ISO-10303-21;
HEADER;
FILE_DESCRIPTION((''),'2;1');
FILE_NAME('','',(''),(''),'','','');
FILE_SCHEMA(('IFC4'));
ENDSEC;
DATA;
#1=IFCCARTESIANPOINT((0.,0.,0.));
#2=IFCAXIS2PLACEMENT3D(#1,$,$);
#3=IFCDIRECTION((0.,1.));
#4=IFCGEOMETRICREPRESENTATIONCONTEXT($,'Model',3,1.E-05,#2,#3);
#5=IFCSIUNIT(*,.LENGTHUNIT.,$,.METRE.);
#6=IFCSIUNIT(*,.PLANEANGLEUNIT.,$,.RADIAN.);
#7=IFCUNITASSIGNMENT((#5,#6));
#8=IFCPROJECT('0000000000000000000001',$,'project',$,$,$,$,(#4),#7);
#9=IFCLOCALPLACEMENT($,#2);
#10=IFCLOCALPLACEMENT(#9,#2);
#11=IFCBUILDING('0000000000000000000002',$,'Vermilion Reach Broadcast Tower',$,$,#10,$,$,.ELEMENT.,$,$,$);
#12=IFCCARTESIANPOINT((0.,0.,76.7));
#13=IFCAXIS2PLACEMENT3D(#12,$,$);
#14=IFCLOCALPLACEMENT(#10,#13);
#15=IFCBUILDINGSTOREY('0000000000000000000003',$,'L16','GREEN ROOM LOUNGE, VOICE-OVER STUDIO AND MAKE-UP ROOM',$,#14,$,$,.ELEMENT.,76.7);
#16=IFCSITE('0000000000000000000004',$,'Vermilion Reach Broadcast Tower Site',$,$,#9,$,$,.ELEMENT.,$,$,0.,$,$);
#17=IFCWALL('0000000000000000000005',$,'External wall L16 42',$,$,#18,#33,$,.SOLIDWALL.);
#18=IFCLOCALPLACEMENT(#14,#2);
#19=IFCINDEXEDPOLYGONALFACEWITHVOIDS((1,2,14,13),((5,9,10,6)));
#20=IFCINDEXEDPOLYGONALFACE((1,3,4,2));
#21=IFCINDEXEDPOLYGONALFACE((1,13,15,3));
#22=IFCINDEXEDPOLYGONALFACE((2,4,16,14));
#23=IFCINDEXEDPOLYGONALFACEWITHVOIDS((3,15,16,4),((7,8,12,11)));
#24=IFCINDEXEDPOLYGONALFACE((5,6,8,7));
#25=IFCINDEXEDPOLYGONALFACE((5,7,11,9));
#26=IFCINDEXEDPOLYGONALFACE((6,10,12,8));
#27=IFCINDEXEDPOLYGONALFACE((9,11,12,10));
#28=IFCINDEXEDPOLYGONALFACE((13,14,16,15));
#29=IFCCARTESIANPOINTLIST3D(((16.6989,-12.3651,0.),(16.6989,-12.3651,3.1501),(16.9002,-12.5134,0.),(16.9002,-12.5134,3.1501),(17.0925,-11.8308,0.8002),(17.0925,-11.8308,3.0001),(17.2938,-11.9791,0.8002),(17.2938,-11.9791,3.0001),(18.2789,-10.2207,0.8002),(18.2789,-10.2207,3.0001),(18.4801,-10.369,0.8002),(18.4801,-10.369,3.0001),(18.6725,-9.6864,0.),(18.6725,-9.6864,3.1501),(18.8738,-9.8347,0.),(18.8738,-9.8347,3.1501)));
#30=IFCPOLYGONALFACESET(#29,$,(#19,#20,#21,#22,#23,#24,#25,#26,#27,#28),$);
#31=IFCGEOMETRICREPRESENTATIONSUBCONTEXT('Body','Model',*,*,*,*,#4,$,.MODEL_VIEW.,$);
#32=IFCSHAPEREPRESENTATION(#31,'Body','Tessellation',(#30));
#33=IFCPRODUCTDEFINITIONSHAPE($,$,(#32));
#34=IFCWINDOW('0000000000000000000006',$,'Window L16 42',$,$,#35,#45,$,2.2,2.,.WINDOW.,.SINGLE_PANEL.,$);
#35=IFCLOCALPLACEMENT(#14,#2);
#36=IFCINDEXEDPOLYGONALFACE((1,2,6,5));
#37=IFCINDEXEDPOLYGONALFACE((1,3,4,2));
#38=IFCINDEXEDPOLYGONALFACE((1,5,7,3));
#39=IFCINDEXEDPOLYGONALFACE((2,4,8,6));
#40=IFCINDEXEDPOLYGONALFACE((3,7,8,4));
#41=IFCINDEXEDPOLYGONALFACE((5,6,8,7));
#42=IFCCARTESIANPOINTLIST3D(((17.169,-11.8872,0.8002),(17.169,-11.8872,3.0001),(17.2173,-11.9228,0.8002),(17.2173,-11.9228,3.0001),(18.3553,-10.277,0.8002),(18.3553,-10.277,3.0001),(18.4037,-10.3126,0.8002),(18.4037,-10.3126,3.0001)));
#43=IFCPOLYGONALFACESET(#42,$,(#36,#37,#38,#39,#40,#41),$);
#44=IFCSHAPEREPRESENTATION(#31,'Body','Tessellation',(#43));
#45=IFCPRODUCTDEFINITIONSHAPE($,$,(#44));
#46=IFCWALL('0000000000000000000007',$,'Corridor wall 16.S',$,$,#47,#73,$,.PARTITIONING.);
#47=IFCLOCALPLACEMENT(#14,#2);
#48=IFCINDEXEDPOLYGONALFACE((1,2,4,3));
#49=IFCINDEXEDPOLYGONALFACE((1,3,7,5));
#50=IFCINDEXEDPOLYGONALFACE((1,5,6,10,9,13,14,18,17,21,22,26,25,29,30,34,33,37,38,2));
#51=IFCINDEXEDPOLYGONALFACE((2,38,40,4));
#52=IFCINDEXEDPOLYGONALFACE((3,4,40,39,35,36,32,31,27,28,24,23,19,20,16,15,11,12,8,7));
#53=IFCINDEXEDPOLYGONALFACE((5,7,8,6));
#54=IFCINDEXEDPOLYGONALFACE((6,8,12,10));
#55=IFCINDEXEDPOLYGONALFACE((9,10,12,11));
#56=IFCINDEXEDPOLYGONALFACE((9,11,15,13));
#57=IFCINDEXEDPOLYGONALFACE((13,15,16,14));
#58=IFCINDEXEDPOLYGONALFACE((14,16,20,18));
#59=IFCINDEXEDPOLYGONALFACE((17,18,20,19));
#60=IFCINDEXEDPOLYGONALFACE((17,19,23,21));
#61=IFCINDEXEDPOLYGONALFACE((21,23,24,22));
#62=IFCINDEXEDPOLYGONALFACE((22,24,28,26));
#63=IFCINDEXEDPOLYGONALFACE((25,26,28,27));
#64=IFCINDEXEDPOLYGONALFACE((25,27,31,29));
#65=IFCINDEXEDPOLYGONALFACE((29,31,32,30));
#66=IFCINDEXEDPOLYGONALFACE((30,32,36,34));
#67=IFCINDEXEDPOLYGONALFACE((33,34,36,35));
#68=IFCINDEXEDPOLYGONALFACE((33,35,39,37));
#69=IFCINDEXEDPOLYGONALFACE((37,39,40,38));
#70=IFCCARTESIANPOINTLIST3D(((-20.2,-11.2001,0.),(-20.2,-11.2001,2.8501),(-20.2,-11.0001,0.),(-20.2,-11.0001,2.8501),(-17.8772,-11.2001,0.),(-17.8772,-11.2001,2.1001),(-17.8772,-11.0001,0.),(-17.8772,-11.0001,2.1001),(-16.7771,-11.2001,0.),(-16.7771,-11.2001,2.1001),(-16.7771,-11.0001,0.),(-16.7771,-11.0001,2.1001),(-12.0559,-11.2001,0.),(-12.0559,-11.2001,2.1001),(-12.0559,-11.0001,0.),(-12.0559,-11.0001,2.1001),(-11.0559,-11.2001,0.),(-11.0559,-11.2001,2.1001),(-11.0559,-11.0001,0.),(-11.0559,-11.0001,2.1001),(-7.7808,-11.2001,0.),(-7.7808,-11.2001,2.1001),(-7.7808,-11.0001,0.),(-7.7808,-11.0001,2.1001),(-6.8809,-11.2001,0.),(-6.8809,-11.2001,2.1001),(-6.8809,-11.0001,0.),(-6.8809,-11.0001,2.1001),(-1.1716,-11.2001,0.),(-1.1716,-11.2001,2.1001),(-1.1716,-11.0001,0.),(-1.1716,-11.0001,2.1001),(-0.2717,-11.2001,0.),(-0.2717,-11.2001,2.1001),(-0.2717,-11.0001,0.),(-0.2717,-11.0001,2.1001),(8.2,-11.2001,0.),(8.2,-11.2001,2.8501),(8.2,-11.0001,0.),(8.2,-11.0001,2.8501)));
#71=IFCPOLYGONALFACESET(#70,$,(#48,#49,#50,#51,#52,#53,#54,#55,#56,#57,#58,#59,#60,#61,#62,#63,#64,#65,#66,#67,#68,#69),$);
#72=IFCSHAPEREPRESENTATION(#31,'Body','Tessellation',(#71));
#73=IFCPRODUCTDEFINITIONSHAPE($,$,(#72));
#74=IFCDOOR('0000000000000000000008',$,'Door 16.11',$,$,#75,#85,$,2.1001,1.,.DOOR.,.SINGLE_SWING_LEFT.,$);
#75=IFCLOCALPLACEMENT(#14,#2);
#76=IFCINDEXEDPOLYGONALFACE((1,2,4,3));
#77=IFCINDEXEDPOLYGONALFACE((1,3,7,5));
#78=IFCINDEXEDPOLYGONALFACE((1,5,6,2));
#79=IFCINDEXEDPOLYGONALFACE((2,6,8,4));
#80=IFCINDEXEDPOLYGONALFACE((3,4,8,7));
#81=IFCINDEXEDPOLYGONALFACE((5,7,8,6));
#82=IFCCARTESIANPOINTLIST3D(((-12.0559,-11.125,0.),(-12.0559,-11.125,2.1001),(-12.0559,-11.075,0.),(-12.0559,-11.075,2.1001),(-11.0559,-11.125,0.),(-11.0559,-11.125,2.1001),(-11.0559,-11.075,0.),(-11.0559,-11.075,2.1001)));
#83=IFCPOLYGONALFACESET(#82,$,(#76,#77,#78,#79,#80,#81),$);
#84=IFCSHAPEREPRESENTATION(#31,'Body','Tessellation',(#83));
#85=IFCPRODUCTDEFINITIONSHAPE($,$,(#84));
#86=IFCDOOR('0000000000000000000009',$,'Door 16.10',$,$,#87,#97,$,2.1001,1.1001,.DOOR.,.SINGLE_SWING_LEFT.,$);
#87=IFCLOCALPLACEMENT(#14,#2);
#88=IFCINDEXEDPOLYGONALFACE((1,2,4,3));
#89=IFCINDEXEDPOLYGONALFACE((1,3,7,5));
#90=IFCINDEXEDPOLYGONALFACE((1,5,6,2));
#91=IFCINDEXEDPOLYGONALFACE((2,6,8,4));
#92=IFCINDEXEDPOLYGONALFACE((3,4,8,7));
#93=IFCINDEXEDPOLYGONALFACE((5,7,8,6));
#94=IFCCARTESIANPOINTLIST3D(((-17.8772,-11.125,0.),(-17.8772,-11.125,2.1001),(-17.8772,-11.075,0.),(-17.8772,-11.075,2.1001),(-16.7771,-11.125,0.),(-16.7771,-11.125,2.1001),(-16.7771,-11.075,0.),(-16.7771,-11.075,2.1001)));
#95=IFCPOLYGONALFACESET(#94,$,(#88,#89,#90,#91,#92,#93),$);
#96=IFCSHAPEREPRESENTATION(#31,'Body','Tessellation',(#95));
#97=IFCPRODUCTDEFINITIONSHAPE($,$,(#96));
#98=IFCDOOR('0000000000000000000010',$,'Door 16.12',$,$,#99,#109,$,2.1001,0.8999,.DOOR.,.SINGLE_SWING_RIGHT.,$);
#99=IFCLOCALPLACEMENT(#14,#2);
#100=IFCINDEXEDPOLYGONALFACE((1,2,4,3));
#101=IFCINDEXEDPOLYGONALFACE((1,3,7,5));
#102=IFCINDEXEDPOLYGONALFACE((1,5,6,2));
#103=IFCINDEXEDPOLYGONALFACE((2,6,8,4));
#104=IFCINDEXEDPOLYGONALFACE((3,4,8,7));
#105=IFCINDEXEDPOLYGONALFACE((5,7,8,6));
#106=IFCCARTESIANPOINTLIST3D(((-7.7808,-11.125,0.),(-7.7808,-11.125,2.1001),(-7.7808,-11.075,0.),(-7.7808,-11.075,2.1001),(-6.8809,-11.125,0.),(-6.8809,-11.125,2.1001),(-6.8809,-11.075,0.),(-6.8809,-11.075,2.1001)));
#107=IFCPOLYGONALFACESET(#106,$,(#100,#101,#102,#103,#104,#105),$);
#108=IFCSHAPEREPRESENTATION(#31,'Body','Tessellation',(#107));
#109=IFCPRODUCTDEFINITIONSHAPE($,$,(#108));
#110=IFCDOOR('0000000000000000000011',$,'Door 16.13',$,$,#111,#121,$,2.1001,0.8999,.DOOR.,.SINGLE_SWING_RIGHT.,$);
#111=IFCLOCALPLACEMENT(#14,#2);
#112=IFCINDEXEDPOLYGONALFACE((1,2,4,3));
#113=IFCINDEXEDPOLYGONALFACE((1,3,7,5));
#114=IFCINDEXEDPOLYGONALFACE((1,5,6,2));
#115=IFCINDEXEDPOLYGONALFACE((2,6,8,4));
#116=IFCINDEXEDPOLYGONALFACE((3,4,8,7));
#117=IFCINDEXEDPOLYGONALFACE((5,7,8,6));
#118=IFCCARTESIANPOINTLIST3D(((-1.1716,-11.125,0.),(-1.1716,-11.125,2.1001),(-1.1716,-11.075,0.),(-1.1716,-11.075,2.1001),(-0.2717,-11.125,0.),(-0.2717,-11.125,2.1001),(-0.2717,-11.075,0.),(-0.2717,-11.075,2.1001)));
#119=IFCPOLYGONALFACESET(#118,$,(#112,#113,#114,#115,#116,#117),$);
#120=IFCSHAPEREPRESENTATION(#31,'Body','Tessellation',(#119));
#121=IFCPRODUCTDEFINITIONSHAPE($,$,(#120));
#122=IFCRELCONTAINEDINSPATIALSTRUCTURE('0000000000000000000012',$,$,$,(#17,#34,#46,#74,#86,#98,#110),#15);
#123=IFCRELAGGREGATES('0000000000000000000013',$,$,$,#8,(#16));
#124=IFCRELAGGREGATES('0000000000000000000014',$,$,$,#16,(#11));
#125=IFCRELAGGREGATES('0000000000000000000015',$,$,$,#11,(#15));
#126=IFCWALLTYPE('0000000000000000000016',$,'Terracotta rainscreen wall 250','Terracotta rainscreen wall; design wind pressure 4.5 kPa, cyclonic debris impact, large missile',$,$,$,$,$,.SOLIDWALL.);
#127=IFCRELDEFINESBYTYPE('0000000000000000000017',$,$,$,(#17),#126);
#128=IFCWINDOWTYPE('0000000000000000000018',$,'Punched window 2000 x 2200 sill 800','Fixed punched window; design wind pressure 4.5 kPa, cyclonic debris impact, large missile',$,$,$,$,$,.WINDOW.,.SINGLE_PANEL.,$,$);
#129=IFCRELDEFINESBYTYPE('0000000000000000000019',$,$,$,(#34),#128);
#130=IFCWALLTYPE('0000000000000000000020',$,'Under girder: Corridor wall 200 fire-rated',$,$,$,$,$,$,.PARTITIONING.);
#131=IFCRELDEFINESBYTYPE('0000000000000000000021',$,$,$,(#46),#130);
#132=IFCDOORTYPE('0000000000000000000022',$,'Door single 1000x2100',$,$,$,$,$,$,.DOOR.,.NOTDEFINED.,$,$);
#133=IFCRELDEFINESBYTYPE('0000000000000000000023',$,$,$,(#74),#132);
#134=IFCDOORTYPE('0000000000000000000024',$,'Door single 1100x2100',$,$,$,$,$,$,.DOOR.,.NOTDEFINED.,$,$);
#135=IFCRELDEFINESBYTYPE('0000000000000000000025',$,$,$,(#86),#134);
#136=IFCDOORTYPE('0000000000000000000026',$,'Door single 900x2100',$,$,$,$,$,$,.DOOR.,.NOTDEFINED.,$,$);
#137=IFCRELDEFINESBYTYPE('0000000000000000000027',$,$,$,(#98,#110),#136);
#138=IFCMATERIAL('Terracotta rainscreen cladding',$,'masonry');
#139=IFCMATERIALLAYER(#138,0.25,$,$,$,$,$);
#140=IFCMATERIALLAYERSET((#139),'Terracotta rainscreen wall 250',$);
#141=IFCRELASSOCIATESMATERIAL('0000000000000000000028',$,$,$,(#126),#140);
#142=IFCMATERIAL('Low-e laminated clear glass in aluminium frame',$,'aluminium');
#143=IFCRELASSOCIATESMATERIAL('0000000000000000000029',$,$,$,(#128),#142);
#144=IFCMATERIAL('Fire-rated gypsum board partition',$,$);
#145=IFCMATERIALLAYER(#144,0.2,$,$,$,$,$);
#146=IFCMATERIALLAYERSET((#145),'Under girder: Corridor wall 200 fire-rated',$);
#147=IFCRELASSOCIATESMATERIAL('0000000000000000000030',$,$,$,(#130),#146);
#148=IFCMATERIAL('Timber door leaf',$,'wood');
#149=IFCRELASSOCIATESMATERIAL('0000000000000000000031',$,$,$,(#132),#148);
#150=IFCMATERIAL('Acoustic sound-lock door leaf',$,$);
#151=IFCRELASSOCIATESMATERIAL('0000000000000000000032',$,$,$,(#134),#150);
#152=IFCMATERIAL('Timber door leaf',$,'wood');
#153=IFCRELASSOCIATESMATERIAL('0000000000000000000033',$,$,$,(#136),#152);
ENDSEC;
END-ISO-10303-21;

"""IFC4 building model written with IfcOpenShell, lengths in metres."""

from ifc_helpers import new_model, si_unit, direction, frame, frame_2d, origin, place, context, subcontext, project, spatial, rectangle, extrude, material, layer, layer_set, type_object, element, fill, save


model = new_model("IFC4")

# Units and contexts
model_context = context("Model", 3, precision=1e-05, world=origin(), true_north=direction((0.0, 1.0)))
body_context = subcontext(model_context, "Body", "Model", "MODEL_VIEW")
ifc_project = project(units=[si_unit("LENGTHUNIT", "METRE"), si_unit("PLANEANGLEUNIT", "RADIAN")], contexts=[model_context])

# Site, building, storey
site_placement = place(None, origin())
site = spatial("IfcSite", under=ifc_project, at=site_placement, Name="Vermilion Reach Broadcast Tower Site", CompositionType="ELEMENT", RefElevation=0.0)
building_placement = place(site_placement, origin())
building = spatial("IfcBuilding", under=site, at=building_placement, Name="Vermilion Reach Broadcast Tower", CompositionType="ELEMENT")
storey_placement = place(building_placement, frame((0.0, 0.0, 76.7)))
storey = spatial("IfcBuildingStorey", under=building, at=storey_placement, Name="L16", Description="GREEN ROOM LOUNGE, VOICE-OVER STUDIO AND MAKE-UP ROOM", CompositionType="ELEMENT", Elevation=76.7)

# Shared definitions
ifc_material_1 = material(Name="Terracotta rainscreen cladding", Category="masonry")
ifc_layer_1 = layer(ifc_material_1, 0.25)
ifc_layer_set_1 = layer_set([ifc_layer_1], Name="Terracotta rainscreen wall 250")
wall_type_1 = type_object("IfcWallType", Name="Terracotta rainscreen wall 250", Description="Terracotta rainscreen wall; design wind pressure 4.5 kPa, cyclonic debris impact, large missile", PredefinedType="SOLIDWALL", material=ifc_layer_set_1)
ifc_material_2 = material(Name="Low-e laminated clear glass in aluminium frame", Category="aluminium")
window_type = type_object("IfcWindowType", Name="Punched window 2000 x 2200 sill 800", Description="Fixed punched window; design wind pressure 4.5 kPa, cyclonic debris impact, large missile", PartitioningType="SINGLE_PANEL", PredefinedType="WINDOW", material=ifc_material_2)

# Wall, opening, window
wall_1_placement = place(storey_placement, frame((16.7996, -12.4392, 0.0), z_axis=(0.0, 0.0, 1.0), x_axis=(0.593169, 0.805078, 0.0)))
wall_1 = element("IfcWall", 1, at=wall_1_placement, inside=storey, type_object=wall_type_1, Name="External wall L16 42", PredefinedType="SOLIDWALL", context=body_context, shape_type="SweptSolid", body=[
    extrude(rectangle(XDim=3.3271, YDim=0.25, at=frame_2d((1.6636, 0.0))), origin(), (0.0, 0.0, 1.0), 3.1501),
])
opening_1_placement = place(wall_1_placement, frame((0.6636, 0.0, 0.8)))
opening_1 = element("IfcOpeningElement", 2, at=opening_1_placement, cuts=wall_1, PredefinedType="OPENING", context=body_context, shape_type="SweptSolid", body=[
    extrude(rectangle(XDim=2.0, YDim=2.2, at=frame_2d((1.0, 1.1001))), frame((0.0, 0.135, 0.0), z_axis=(0.0, -1.0, 0.0), x_axis=(1.0, 0.0, 0.0)), (0.0, 0.0, 1.0), 0.27),
])
window_1_placement = place(opening_1_placement, origin())
window_1 = element("IfcWindow", 3, at=window_1_placement, inside=storey, type_object=window_type, Name="Window L16 42", OverallHeight=2.2, OverallWidth=2.0, PartitioningType="SINGLE_PANEL", PredefinedType="WINDOW", context=body_context, shape_type="SweptSolid", body=[
    extrude(rectangle(XDim=2.0, YDim=2.2, at=frame_2d((1.0, 1.1001))), frame((0.0, 0.03, 0.0), z_axis=(0.0, -1.0, 0.0), x_axis=(1.0, 0.0, 0.0)), (0.0, 0.0, 1.0), 0.0601),
])
fill(opening_1, window_1)

# Wall, openings, doors
ifc_material_3 = material(Name="Fire-rated gypsum board partition")
ifc_layer_2 = layer(ifc_material_3, 0.2)
ifc_layer_set_2 = layer_set([ifc_layer_2], Name="Under girder: Corridor wall 200 fire-rated")
wall_type_2 = type_object("IfcWallType", Name="Under girder: Corridor wall 200 fire-rated", PredefinedType="PARTITIONING", material=ifc_layer_set_2)
wall_2_placement = place(storey_placement, frame((8.2, -11.1001, 0.0), z_axis=(0.0, 0.0, 1.0), x_axis=(-1.0, 0.0, 0.0)))
wall_2 = element("IfcWall", 4, at=wall_2_placement, inside=storey, type_object=wall_type_2, Name="Corridor wall 16.S", PredefinedType="PARTITIONING", context=body_context, shape_type="SweptSolid", body=[
    extrude(rectangle(XDim=28.3999, YDim=0.2, at=frame_2d((14.2, 0.0))), origin(), (0.0, 0.0, 1.0), 2.8501),
])
opening_2_placement = place(wall_2_placement, frame((24.9771, 0.0, 0.0)))
opening_2 = element("IfcOpeningElement", 5, at=opening_2_placement, cuts=wall_2, PredefinedType="OPENING", context=body_context, shape_type="SweptSolid", body=[
    extrude(rectangle(XDim=1.1001, YDim=2.1001, at=frame_2d((0.55, 1.05))), frame((0.0, 0.1099, 0.0), z_axis=(0.0, -1.0, 0.0), x_axis=(1.0, 0.0, 0.0)), (0.0, 0.0, 1.0), 0.22),
])
opening_3_placement = place(wall_2_placement, frame((19.2559, 0.0, 0.0)))
opening_3 = element("IfcOpeningElement", 6, at=opening_3_placement, cuts=wall_2, PredefinedType="OPENING", context=body_context, shape_type="SweptSolid", body=[
    extrude(rectangle(XDim=1.0, YDim=2.1001, at=frame_2d((0.5, 1.05))), frame((0.0, 0.1099, 0.0), z_axis=(0.0, -1.0, 0.0), x_axis=(1.0, 0.0, 0.0)), (0.0, 0.0, 1.0), 0.22),
])
opening_4_placement = place(wall_2_placement, frame((15.0808, 0.0, 0.0)))
opening_4 = element("IfcOpeningElement", 7, at=opening_4_placement, cuts=wall_2, PredefinedType="OPENING", context=body_context, shape_type="SweptSolid", body=[
    extrude(rectangle(XDim=0.8999, YDim=2.1001, at=frame_2d((0.45, 1.05))), frame((0.0, 0.1099, 0.0), z_axis=(0.0, -1.0, 0.0), x_axis=(1.0, 0.0, 0.0)), (0.0, 0.0, 1.0), 0.22),
])
opening_5_placement = place(wall_2_placement, frame((8.4717, 0.0, 0.0)))
opening_5 = element("IfcOpeningElement", 8, at=opening_5_placement, cuts=wall_2, PredefinedType="OPENING", context=body_context, shape_type="SweptSolid", body=[
    extrude(rectangle(XDim=0.8999, YDim=2.1001, at=frame_2d((0.45, 1.05))), frame((0.0, 0.1099, 0.0), z_axis=(0.0, -1.0, 0.0), x_axis=(1.0, 0.0, 0.0)), (0.0, 0.0, 1.0), 0.22),
])
ifc_material_4 = material(Name="Timber door leaf", Category="wood")
door_type_1 = type_object("IfcDoorType", Name="Door single 1000x2100", OperationType="NOTDEFINED", PredefinedType="DOOR", material=ifc_material_4)
door_1_placement = place(opening_3_placement, origin())
door_1 = element("IfcDoor", 9, at=door_1_placement, inside=storey, type_object=door_type_1, Name="Door 16.11", OperationType="SINGLE_SWING_LEFT", OverallHeight=2.1001, OverallWidth=1.0, PredefinedType="DOOR", context=body_context, shape_type="SweptSolid", body=[
    extrude(rectangle(XDim=1.0, YDim=2.1001, at=frame_2d((0.5, 1.05))), frame((0.0, 0.0249, 0.0), z_axis=(0.0, -1.0, 0.0), x_axis=(1.0, 0.0, 0.0)), (0.0, 0.0, 1.0), 0.05),
])
fill(opening_3, door_1)
ifc_material_5 = material(Name="Acoustic sound-lock door leaf")
door_type_2 = type_object("IfcDoorType", Name="Door single 1100x2100", OperationType="NOTDEFINED", PredefinedType="DOOR", material=ifc_material_5)
door_2_placement = place(opening_2_placement, origin())
door_2 = element("IfcDoor", 10, at=door_2_placement, inside=storey, type_object=door_type_2, Name="Door 16.10", OperationType="SINGLE_SWING_LEFT", OverallHeight=2.1001, OverallWidth=1.1001, PredefinedType="DOOR", context=body_context, shape_type="SweptSolid", body=[
    extrude(rectangle(XDim=1.1001, YDim=2.1001, at=frame_2d((0.55, 1.05))), frame((0.0, 0.0249, 0.0), z_axis=(0.0, -1.0, 0.0), x_axis=(1.0, 0.0, 0.0)), (0.0, 0.0, 1.0), 0.05),
])
fill(opening_2, door_2)
ifc_material_6 = material(Name="Timber door leaf", Category="wood")
door_type_3 = type_object("IfcDoorType", Name="Door single 900x2100", OperationType="NOTDEFINED", PredefinedType="DOOR", material=ifc_material_6)
door_3_placement = place(opening_4_placement, origin())
door_3 = element("IfcDoor", 11, at=door_3_placement, inside=storey, type_object=door_type_3, Name="Door 16.12", OperationType="SINGLE_SWING_RIGHT", OverallHeight=2.1001, OverallWidth=0.8999, PredefinedType="DOOR", context=body_context, shape_type="SweptSolid", body=[
    extrude(rectangle(XDim=0.8999, YDim=2.1001, at=frame_2d((0.45, 1.05))), frame((0.0, 0.0249, 0.0), z_axis=(0.0, -1.0, 0.0), x_axis=(1.0, 0.0, 0.0)), (0.0, 0.0, 1.0), 0.05),
])
fill(opening_4, door_3)
door_4_placement = place(opening_5_placement, origin())
door_4 = element("IfcDoor", 12, at=door_4_placement, inside=storey, type_object=door_type_3, Name="Door 16.13", OperationType="SINGLE_SWING_RIGHT", OverallHeight=2.1001, OverallWidth=0.8999, PredefinedType="DOOR", context=body_context, shape_type="SweptSolid", body=[
    extrude(rectangle(XDim=0.8999, YDim=2.1001, at=frame_2d((0.45, 1.05))), frame((0.0, 0.0249, 0.0), z_axis=(0.0, -1.0, 0.0), x_axis=(1.0, 0.0, 0.0)), (0.0, 0.0, 1.0), 0.05),
])
fill(opening_5, door_4)

save(model, "model.ifc")
